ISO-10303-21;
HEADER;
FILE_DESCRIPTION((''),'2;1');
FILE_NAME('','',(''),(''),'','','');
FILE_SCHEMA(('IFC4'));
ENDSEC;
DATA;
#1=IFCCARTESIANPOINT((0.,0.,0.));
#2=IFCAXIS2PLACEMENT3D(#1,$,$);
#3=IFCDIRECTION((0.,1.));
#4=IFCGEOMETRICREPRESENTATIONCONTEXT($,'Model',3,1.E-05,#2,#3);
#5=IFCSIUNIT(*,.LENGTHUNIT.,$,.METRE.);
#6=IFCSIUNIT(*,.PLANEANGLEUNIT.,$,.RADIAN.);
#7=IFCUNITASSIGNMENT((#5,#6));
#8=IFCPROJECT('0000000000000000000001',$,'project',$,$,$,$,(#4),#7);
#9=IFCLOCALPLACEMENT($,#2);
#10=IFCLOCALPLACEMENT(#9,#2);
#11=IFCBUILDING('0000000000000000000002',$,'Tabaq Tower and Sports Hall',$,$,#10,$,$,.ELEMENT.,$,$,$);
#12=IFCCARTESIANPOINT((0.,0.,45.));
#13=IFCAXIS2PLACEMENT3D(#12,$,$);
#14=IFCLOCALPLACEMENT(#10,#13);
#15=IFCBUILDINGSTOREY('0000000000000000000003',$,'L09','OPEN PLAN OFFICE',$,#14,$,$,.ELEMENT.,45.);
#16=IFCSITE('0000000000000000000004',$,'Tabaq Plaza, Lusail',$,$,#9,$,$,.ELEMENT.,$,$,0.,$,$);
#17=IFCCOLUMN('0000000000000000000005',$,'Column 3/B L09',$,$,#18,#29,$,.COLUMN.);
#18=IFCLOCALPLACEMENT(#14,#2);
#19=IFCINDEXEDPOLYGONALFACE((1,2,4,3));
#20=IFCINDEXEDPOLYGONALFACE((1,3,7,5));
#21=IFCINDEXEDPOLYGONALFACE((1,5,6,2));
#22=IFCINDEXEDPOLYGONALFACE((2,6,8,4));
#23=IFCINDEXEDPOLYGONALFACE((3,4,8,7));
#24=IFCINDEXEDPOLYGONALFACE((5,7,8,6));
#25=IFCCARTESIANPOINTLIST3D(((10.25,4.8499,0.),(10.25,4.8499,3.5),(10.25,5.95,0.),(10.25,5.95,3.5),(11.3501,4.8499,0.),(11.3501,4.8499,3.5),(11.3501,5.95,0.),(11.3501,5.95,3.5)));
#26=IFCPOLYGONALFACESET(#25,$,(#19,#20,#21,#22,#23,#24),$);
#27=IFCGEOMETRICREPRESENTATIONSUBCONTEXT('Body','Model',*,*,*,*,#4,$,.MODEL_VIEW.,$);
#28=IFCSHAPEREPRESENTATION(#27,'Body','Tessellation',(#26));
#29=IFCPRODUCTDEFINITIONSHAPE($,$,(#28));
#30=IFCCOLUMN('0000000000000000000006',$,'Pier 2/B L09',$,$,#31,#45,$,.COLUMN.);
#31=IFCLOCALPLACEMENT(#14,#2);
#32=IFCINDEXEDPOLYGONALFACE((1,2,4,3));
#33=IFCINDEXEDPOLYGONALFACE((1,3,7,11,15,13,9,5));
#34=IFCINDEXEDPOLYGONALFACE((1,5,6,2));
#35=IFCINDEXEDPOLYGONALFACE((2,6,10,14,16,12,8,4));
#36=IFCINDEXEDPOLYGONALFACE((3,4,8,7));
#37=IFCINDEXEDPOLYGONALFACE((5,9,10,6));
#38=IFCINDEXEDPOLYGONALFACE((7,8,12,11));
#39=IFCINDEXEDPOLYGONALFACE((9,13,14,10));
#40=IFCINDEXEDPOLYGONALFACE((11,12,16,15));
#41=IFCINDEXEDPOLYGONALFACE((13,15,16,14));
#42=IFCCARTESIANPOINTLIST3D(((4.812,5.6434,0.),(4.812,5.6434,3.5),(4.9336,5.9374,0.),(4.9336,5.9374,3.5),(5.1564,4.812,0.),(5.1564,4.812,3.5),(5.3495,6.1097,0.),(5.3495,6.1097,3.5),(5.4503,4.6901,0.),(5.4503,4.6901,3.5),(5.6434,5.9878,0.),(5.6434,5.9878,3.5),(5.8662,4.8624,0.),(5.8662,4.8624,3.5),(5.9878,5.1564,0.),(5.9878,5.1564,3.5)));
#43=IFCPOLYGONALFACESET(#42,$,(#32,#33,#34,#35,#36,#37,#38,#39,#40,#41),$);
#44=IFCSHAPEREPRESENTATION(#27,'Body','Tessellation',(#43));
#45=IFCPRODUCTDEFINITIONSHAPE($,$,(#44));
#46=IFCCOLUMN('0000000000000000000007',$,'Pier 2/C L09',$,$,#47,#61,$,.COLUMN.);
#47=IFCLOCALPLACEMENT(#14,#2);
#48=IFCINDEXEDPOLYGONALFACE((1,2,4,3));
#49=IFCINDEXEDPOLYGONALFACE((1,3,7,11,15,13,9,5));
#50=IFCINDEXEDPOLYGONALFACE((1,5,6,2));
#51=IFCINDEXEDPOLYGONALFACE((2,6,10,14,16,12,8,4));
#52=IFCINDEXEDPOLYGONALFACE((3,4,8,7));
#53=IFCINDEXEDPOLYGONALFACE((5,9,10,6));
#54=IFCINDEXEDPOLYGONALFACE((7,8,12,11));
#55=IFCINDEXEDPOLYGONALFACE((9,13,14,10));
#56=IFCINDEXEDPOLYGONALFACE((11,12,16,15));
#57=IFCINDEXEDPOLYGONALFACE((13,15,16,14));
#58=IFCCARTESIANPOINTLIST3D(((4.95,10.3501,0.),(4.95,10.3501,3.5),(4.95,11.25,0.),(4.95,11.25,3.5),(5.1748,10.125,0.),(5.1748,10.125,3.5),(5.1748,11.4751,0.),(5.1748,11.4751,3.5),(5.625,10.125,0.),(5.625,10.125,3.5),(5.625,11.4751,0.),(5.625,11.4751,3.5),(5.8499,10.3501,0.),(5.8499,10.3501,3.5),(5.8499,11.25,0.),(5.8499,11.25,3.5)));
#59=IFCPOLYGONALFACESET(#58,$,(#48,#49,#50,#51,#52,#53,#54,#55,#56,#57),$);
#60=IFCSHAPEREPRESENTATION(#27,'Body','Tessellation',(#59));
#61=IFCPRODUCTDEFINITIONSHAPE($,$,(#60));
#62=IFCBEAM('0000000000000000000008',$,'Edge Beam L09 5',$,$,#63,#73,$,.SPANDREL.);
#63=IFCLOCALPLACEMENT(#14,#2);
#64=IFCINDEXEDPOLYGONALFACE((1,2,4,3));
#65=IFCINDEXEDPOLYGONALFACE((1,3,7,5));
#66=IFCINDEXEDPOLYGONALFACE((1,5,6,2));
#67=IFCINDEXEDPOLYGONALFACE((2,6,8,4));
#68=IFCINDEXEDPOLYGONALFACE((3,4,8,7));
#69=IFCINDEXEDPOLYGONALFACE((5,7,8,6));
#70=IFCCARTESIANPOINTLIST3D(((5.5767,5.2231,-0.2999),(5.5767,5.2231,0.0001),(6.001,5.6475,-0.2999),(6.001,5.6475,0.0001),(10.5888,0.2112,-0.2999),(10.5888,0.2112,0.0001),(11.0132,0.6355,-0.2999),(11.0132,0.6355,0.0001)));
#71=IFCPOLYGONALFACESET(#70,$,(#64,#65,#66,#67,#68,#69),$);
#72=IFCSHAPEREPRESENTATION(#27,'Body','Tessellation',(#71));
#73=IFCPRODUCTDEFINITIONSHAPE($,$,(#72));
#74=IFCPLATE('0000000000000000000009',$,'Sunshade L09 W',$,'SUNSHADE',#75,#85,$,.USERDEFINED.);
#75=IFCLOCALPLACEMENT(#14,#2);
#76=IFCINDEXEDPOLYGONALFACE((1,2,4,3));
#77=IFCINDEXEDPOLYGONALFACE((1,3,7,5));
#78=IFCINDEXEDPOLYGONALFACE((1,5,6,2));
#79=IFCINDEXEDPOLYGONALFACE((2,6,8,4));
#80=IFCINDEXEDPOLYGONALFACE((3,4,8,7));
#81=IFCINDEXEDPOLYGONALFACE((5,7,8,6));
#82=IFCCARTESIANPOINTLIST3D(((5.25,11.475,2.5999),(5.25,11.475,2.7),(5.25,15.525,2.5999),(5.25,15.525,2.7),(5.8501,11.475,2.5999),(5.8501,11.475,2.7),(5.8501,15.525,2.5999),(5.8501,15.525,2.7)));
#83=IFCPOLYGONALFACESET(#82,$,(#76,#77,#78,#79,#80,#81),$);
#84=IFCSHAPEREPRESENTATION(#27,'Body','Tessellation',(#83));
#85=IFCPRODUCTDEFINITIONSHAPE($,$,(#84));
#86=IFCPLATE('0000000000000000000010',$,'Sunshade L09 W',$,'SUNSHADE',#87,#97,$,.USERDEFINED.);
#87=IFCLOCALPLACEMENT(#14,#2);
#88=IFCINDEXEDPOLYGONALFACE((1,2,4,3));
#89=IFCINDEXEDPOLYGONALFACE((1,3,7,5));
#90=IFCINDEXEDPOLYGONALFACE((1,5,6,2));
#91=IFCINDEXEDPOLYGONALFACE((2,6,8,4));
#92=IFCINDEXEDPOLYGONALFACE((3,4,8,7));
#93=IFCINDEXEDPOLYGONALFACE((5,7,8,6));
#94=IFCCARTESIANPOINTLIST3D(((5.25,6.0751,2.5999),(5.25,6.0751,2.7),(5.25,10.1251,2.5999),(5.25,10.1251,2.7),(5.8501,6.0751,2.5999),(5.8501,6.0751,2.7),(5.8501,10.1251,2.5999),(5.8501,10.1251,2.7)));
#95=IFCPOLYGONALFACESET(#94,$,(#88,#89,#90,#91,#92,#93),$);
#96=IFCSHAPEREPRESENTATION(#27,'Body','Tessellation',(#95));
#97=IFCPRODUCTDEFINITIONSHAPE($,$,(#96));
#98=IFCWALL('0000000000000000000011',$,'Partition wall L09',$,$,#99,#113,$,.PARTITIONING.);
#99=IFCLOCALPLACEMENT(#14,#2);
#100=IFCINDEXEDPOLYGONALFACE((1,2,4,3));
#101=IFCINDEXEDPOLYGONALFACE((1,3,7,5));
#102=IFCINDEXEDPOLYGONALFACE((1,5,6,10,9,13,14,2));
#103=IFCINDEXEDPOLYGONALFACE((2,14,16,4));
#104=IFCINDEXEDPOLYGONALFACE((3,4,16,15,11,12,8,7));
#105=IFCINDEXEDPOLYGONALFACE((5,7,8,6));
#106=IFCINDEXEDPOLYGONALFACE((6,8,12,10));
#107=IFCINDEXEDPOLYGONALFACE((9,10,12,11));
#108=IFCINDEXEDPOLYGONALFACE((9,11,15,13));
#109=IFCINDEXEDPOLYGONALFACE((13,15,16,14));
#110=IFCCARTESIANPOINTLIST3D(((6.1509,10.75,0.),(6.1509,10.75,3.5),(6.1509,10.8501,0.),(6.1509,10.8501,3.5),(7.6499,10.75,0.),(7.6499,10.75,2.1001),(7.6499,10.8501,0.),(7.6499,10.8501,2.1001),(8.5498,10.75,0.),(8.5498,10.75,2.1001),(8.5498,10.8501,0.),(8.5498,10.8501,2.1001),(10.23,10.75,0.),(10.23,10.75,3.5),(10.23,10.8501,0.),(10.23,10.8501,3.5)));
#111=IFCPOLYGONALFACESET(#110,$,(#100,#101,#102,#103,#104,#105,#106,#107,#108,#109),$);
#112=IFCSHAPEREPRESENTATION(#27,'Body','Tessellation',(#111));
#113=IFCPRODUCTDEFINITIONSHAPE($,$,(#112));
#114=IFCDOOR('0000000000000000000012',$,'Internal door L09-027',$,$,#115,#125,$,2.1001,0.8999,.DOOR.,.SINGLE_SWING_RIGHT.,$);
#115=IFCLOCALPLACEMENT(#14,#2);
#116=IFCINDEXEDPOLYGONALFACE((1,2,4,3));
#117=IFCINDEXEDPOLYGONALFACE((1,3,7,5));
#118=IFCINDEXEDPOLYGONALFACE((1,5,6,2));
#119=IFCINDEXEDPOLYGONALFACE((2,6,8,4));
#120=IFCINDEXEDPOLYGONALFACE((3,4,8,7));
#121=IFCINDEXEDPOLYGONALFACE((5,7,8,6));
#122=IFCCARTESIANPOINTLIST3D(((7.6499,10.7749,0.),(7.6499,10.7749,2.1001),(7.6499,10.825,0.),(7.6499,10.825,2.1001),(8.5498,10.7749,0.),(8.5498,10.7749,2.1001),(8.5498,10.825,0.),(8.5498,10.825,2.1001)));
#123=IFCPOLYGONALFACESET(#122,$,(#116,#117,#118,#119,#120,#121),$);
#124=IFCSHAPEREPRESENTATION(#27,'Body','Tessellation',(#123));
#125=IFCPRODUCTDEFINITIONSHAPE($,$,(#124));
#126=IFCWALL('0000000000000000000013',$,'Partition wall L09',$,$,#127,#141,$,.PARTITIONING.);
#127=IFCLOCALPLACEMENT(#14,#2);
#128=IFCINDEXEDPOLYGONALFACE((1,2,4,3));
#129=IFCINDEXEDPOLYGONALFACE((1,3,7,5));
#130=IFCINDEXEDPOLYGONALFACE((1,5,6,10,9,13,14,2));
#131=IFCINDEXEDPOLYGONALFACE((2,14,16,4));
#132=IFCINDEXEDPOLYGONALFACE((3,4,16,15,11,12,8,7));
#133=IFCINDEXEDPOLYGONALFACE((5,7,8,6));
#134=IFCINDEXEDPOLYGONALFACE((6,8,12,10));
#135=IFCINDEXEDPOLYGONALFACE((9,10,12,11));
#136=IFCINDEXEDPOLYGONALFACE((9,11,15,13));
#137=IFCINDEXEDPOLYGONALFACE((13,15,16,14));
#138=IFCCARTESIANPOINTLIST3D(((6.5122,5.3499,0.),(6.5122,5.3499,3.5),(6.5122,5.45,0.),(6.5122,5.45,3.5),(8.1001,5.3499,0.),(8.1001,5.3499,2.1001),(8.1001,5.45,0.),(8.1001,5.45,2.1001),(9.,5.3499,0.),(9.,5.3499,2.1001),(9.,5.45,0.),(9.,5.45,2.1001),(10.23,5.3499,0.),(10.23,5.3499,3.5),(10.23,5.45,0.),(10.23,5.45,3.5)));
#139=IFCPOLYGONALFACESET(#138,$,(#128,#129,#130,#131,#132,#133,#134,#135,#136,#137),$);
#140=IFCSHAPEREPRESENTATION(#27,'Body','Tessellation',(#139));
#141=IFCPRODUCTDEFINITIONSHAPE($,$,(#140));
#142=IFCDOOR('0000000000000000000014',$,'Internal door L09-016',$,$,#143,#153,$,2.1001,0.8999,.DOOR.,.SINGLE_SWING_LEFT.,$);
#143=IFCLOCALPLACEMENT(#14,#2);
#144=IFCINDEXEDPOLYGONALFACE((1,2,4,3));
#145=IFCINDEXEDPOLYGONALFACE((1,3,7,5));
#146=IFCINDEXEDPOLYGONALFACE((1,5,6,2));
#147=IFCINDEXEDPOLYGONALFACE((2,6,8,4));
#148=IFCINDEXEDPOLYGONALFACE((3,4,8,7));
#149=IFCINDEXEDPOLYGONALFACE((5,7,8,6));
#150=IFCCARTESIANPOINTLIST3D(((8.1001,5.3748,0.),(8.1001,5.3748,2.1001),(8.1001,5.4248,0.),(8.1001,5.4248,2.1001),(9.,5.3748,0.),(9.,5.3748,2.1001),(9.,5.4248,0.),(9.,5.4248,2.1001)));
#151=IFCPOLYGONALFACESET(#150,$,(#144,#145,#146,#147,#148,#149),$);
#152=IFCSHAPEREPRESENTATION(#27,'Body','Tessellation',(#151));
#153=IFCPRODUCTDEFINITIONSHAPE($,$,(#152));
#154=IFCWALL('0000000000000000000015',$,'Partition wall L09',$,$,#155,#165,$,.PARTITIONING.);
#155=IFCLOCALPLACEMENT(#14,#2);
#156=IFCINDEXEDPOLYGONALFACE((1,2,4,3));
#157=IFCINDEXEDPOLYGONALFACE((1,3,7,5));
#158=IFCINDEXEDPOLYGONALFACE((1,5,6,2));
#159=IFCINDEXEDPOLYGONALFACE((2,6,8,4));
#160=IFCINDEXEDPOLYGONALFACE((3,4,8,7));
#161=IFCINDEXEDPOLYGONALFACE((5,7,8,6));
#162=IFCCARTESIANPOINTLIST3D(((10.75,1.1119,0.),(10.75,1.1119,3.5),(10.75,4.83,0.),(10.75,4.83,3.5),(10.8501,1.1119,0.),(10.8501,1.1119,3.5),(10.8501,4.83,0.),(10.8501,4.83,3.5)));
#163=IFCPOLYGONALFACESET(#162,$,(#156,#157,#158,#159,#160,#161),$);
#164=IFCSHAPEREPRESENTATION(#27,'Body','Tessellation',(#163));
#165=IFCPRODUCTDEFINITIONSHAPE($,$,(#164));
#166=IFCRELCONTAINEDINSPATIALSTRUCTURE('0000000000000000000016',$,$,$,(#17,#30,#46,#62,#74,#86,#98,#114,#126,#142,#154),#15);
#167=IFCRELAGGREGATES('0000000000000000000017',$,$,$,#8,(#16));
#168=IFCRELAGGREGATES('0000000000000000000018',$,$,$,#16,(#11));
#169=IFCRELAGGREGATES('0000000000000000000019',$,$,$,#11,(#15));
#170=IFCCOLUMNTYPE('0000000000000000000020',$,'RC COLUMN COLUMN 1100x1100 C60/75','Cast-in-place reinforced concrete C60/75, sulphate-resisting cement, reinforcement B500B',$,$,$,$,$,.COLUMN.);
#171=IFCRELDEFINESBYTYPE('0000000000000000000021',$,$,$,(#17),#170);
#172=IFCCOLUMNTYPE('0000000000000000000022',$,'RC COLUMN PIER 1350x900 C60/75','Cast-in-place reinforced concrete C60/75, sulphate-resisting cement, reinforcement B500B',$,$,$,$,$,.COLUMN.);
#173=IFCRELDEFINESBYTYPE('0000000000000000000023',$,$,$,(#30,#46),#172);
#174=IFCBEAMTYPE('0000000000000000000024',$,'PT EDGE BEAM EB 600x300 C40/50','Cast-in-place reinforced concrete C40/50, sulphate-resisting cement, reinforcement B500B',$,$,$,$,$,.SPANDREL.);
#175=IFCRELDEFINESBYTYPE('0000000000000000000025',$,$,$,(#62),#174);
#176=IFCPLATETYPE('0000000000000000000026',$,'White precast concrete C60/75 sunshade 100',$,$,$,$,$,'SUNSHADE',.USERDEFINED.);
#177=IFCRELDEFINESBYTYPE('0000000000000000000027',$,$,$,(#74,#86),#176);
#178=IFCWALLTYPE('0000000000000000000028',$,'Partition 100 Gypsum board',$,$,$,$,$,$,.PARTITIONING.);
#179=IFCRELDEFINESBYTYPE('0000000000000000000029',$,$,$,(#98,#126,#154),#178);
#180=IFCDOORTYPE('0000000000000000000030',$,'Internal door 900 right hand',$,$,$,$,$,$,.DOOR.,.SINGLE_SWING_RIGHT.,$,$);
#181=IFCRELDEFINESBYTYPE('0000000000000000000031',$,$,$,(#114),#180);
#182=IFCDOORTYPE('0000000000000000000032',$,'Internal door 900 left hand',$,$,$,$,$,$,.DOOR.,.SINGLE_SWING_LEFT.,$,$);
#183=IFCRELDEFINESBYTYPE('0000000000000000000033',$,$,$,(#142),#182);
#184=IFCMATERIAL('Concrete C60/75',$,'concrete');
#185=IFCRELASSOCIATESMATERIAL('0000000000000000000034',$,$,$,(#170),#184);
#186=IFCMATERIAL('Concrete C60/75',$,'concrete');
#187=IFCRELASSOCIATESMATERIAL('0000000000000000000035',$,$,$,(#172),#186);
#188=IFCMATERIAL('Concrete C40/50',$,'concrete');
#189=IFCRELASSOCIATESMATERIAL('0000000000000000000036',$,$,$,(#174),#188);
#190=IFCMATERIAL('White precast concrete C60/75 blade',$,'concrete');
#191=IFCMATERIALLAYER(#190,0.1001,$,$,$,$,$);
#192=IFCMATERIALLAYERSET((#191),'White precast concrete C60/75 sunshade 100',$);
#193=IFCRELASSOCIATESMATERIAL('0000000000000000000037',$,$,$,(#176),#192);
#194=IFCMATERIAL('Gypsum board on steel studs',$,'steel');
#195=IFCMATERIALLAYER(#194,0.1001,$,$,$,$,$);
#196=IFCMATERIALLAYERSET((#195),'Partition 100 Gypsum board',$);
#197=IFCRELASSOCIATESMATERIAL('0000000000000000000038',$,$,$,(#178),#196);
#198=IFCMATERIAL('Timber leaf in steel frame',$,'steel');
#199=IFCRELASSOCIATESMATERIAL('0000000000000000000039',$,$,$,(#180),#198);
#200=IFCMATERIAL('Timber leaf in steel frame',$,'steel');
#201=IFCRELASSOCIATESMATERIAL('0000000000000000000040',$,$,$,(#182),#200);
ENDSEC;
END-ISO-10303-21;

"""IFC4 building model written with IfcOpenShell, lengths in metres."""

from ifc_helpers import new_model, si_unit, direction, frame, frame_2d, origin, origin_2d, place, context, subcontext, project, spatial, polyline, rectangle, outline, extrude, material, layer, layer_set, material_profile, profile_set, type_object, element, fill, save


model = new_model("IFC4")

# Units and contexts
model_context = context("Model", 3, precision=1e-05, world=origin(), true_north=direction((0.0, 1.0)))
body_context = subcontext(model_context, "Body", "Model", "MODEL_VIEW")
ifc_project = project(units=[si_unit("LENGTHUNIT", "METRE"), si_unit("PLANEANGLEUNIT", "RADIAN")], contexts=[model_context])

# Site, building, storey
site_placement = place(None, origin())
site = spatial("IfcSite", under=ifc_project, at=site_placement, Name="Tabaq Plaza, Lusail", CompositionType="ELEMENT", RefElevation=0.0)
building_placement = place(site_placement, origin())
building = spatial("IfcBuilding", under=site, at=building_placement, Name="Tabaq Tower and Sports Hall", CompositionType="ELEMENT")
storey_placement = place(building_placement, frame((0.0, 0.0, 45.0)))
storey = spatial("IfcBuildingStorey", under=building, at=storey_placement, Name="L09", Description="OPEN PLAN OFFICE", CompositionType="ELEMENT", Elevation=45.0)

# Columns
ifc_material_1 = material(Name="Concrete C60/75", Category="concrete")
ifc_material_profile_1 = material_profile(ifc_material_1, rectangle(XDim=1.1001, YDim=1.1001, at=origin_2d()), Name="COLUMN 1100x1100")
ifc_profile_set_1 = profile_set([ifc_material_profile_1], Name="Concrete C60/75")
column_type_1 = type_object("IfcColumnType", Name="RC COLUMN COLUMN 1100x1100 C60/75", Description="Cast-in-place reinforced concrete C60/75, sulphate-resisting cement, reinforcement B500B", PredefinedType="COLUMN", material=ifc_profile_set_1)
column_placement = place(storey_placement, frame((10.8, 5.3999, 0.0), z_axis=(0.0, 0.0, 1.0), x_axis=(1.0, 0.0, 0.0)))
element("IfcColumn", 1, at=column_placement, inside=storey, type_object=column_type_1, Name="Column 3/B L09", PredefinedType="COLUMN", context=body_context, shape_type="SweptSolid", body=[
    extrude(rectangle(XDim=1.1001, YDim=1.1001, at=origin_2d()), origin(), (0.0, 0.0, 1.0), 3.5),
])
ifc_material_2 = material(Name="Concrete C60/75", Category="concrete")
ifc_material_profile_2 = material_profile(ifc_material_2, outline(polyline([(-0.45, -0.45), (0.45, -0.45), (0.675, -0.2251), (0.675, 0.2251), (0.45, 0.45), (-0.45, 0.45), (-0.675, 0.2251), (-0.675, -0.2251), (-0.45, -0.45)])), Name="PIER 1350x900")
ifc_profile_set_2 = profile_set([ifc_material_profile_2], Name="Concrete C60/75")
column_type_2 = type_object("IfcColumnType", Name="RC COLUMN PIER 1350x900 C60/75", Description="Cast-in-place reinforced concrete C60/75, sulphate-resisting cement, reinforcement B500B", PredefinedType="COLUMN", material=ifc_profile_set_2)
for number, where, z_axis, x_axis, name in (
    (2, (5.3999, 5.3999, 0.0), (0.0, 0.0, 1.0), (-0.382683, 0.92388, 0.0), "Pier 2/B L09"),
    (3, (5.3999, 10.8, 0.0), (0.0, 0.0, 1.0), (0.0, 1.0, 0.0), "Pier 2/C L09"),
):
    element("IfcColumn", number, at=place(storey_placement, frame(where, z_axis=z_axis, x_axis=x_axis)), inside=storey, type_object=column_type_2, Name=name, PredefinedType="COLUMN", context=body_context, shape_type="SweptSolid", body=[
        extrude(outline(polyline([(-0.45, -0.45), (0.45, -0.45), (0.675, -0.2251), (0.675, 0.2251), (0.45, 0.45), (-0.45, 0.45), (-0.675, 0.2251), (-0.675, -0.2251), (-0.45, -0.45)])), origin(), (0.0, 0.0, 1.0), 3.5),
    ])

# Beam
ifc_material_3 = material(Name="Concrete C40/50", Category="concrete")
ifc_material_profile_3 = material_profile(ifc_material_3, rectangle(XDim=0.6001, YDim=0.3, at=origin_2d()), Name="EB 600x300")
ifc_profile_set_3 = profile_set([ifc_material_profile_3], Name="Concrete C40/50")
beam_type = type_object("IfcBeamType", Name="PT EDGE BEAM EB 600x300 C40/50", Description="Cast-in-place reinforced concrete C40/50, sulphate-resisting cement, reinforcement B500B", PredefinedType="SPANDREL", material=ifc_profile_set_3)
beam_placement = place(storey_placement, frame((5.7888, 5.4353, -0.1499), z_axis=(0.707124, -0.70709, 0.0), x_axis=(0.70709, 0.707124, 0.0)))
element("IfcBeam", 4, at=beam_placement, inside=storey, type_object=beam_type, Name="Edge Beam L09 5", PredefinedType="SPANDREL", context=body_context, shape_type="SweptSolid", body=[
    extrude(rectangle(XDim=0.6001, YDim=0.3, at=origin_2d()), origin(), (0.0, 0.0, 1.0), 7.0881),
])

# Plates
ifc_material_4 = material(Name="White precast concrete C60/75 blade", Category="concrete")
ifc_layer_1 = layer(ifc_material_4, 0.1001)
ifc_layer_set_1 = layer_set([ifc_layer_1], Name="White precast concrete C60/75 sunshade 100")
plate_type = type_object("IfcPlateType", Name="White precast concrete C60/75 sunshade 100", ElementType="SUNSHADE", PredefinedType="USERDEFINED", material=ifc_layer_set_1)
for number, where, z_axis, x_axis, name in (
    (5, (5.55, 13.5, 2.5999), (0.0, 0.0, 1.0), (0.0, -1.0, 0.0), "Sunshade L09 W"),
    (6, (5.55, 8.1001, 2.5999), (0.0, 0.0, 1.0), (0.0, -1.0, 0.0), "Sunshade L09 W"),
):
    element("IfcPlate", number, at=place(storey_placement, frame(where, z_axis=z_axis, x_axis=x_axis)), inside=storey, type_object=plate_type, Name=name, ObjectType="SUNSHADE", PredefinedType="USERDEFINED", context=body_context, shape_type="SweptSolid", body=[
        extrude(rectangle(XDim=4.05, YDim=0.6001, at=origin_2d()), origin(), (0.0, 0.0, 1.0), 0.1001),
    ])

# Walls, openings, doors
ifc_material_5 = material(Name="Gypsum board on steel studs", Category="steel")
ifc_layer_2 = layer(ifc_material_5, 0.1001)
ifc_layer_set_2 = layer_set([ifc_layer_2], Name="Partition 100 Gypsum board")
wall_type_1 = type_object("IfcWallType", Name="Partition 100 Gypsum board", PredefinedType="PARTITIONING", material=ifc_layer_set_2)
wall_1_placement = place(storey_placement, frame((6.1509, 10.8, 0.0), z_axis=(0.0, 0.0, 1.0), x_axis=(1.0, 0.0, 0.0)))
wall_1 = element("IfcWall", 7, at=wall_1_placement, inside=storey, type_object=wall_type_1, Name="Partition wall L09", PredefinedType="PARTITIONING", context=body_context, shape_type="SweptSolid", body=[
    extrude(rectangle(XDim=4.0791, YDim=0.1001, at=frame_2d((2.0396, 0.0))), origin(), (0.0, 0.0, 1.0), 3.5),
])
opening_1_placement = place(wall_1_placement, frame((1.499, 0.0, 0.0)))
opening_1 = element("IfcOpeningElement", 8, at=opening_1_placement, cuts=wall_1, PredefinedType="OPENING", context=body_context, shape_type="SweptSolid", body=[
    extrude(rectangle(XDim=0.8999, YDim=2.1001, at=frame_2d((0.45, 1.05))), frame((0.0, 0.05, 0.0), z_axis=(0.0, -1.0, 0.0), x_axis=(1.0, 0.0, 0.0)), (0.0, 0.0, 1.0), 0.1001),
])
ifc_material_6 = material(Name="Timber leaf in steel frame", Category="steel")
door_type_1 = type_object("IfcDoorType", Name="Internal door 900 right hand", OperationType="SINGLE_SWING_RIGHT", PredefinedType="DOOR", material=ifc_material_6)
door_1_placement = place(opening_1_placement, origin())
door_1 = element("IfcDoor", 9, at=door_1_placement, inside=storey, type_object=door_type_1, Name="Internal door L09-027", OperationType="SINGLE_SWING_RIGHT", OverallHeight=2.1001, OverallWidth=0.8999, PredefinedType="DOOR", context=body_context, shape_type="SweptSolid", body=[
    extrude(rectangle(XDim=0.8999, YDim=2.1001, at=frame_2d((0.45, 1.05))), frame((0.0, 0.0249, 0.0), z_axis=(0.0, -1.0, 0.0), x_axis=(1.0, 0.0, 0.0)), (0.0, 0.0, 1.0), 0.05),
])
fill(opening_1, door_1)
wall_2_placement = place(storey_placement, frame((6.5122, 5.3999, 0.0), z_axis=(0.0, 0.0, 1.0), x_axis=(1.0, 0.0, 0.0)))
wall_2 = element("IfcWall", 10, at=wall_2_placement, inside=storey, type_object=wall_type_1, Name="Partition wall L09", PredefinedType="PARTITIONING", context=body_context, shape_type="SweptSolid", body=[
    extrude(rectangle(XDim=3.7178, YDim=0.1001, at=frame_2d((1.8589, 0.0))), origin(), (0.0, 0.0, 1.0), 3.5),
])
opening_2_placement = place(wall_2_placement, frame((1.5879, 0.0, 0.0)))
opening_2 = element("IfcOpeningElement", 11, at=opening_2_placement, cuts=wall_2, PredefinedType="OPENING", context=body_context, shape_type="SweptSolid", body=[
    extrude(rectangle(XDim=0.8999, YDim=2.1001, at=frame_2d((0.45, 1.05))), frame((0.0, 0.05, 0.0), z_axis=(0.0, -1.0, 0.0), x_axis=(1.0, 0.0, 0.0)), (0.0, 0.0, 1.0), 0.1001),
])
ifc_material_7 = material(Name="Timber leaf in steel frame", Category="steel")
door_type_2 = type_object("IfcDoorType", Name="Internal door 900 left hand", OperationType="SINGLE_SWING_LEFT", PredefinedType="DOOR", material=ifc_material_7)
door_2_placement = place(opening_2_placement, origin())
door_2 = element("IfcDoor", 12, at=door_2_placement, inside=storey, type_object=door_type_2, Name="Internal door L09-016", OperationType="SINGLE_SWING_LEFT", OverallHeight=2.1001, OverallWidth=0.8999, PredefinedType="DOOR", context=body_context, shape_type="SweptSolid", body=[
    extrude(rectangle(XDim=0.8999, YDim=2.1001, at=frame_2d((0.45, 1.05))), frame((0.0, 0.0249, 0.0), z_axis=(0.0, -1.0, 0.0), x_axis=(1.0, 0.0, 0.0)), (0.0, 0.0, 1.0), 0.05),
])
fill(opening_2, door_2)

# Wall
wall_3_placement = place(storey_placement, frame((10.8, 1.1121, 0.0), z_axis=(0.0, 0.0, 1.0), x_axis=(0.0, 1.0, 0.0)))
element("IfcWall", 13, at=wall_3_placement, inside=storey, type_object=wall_type_1, Name="Partition wall L09", PredefinedType="PARTITIONING", context=body_context, shape_type="SweptSolid", body=[
    extrude(rectangle(XDim=3.718, YDim=0.1001, at=frame_2d((1.8589, 0.0))), origin(), (0.0, 0.0, 1.0), 3.5),
])

save(model, "model.ifc")
